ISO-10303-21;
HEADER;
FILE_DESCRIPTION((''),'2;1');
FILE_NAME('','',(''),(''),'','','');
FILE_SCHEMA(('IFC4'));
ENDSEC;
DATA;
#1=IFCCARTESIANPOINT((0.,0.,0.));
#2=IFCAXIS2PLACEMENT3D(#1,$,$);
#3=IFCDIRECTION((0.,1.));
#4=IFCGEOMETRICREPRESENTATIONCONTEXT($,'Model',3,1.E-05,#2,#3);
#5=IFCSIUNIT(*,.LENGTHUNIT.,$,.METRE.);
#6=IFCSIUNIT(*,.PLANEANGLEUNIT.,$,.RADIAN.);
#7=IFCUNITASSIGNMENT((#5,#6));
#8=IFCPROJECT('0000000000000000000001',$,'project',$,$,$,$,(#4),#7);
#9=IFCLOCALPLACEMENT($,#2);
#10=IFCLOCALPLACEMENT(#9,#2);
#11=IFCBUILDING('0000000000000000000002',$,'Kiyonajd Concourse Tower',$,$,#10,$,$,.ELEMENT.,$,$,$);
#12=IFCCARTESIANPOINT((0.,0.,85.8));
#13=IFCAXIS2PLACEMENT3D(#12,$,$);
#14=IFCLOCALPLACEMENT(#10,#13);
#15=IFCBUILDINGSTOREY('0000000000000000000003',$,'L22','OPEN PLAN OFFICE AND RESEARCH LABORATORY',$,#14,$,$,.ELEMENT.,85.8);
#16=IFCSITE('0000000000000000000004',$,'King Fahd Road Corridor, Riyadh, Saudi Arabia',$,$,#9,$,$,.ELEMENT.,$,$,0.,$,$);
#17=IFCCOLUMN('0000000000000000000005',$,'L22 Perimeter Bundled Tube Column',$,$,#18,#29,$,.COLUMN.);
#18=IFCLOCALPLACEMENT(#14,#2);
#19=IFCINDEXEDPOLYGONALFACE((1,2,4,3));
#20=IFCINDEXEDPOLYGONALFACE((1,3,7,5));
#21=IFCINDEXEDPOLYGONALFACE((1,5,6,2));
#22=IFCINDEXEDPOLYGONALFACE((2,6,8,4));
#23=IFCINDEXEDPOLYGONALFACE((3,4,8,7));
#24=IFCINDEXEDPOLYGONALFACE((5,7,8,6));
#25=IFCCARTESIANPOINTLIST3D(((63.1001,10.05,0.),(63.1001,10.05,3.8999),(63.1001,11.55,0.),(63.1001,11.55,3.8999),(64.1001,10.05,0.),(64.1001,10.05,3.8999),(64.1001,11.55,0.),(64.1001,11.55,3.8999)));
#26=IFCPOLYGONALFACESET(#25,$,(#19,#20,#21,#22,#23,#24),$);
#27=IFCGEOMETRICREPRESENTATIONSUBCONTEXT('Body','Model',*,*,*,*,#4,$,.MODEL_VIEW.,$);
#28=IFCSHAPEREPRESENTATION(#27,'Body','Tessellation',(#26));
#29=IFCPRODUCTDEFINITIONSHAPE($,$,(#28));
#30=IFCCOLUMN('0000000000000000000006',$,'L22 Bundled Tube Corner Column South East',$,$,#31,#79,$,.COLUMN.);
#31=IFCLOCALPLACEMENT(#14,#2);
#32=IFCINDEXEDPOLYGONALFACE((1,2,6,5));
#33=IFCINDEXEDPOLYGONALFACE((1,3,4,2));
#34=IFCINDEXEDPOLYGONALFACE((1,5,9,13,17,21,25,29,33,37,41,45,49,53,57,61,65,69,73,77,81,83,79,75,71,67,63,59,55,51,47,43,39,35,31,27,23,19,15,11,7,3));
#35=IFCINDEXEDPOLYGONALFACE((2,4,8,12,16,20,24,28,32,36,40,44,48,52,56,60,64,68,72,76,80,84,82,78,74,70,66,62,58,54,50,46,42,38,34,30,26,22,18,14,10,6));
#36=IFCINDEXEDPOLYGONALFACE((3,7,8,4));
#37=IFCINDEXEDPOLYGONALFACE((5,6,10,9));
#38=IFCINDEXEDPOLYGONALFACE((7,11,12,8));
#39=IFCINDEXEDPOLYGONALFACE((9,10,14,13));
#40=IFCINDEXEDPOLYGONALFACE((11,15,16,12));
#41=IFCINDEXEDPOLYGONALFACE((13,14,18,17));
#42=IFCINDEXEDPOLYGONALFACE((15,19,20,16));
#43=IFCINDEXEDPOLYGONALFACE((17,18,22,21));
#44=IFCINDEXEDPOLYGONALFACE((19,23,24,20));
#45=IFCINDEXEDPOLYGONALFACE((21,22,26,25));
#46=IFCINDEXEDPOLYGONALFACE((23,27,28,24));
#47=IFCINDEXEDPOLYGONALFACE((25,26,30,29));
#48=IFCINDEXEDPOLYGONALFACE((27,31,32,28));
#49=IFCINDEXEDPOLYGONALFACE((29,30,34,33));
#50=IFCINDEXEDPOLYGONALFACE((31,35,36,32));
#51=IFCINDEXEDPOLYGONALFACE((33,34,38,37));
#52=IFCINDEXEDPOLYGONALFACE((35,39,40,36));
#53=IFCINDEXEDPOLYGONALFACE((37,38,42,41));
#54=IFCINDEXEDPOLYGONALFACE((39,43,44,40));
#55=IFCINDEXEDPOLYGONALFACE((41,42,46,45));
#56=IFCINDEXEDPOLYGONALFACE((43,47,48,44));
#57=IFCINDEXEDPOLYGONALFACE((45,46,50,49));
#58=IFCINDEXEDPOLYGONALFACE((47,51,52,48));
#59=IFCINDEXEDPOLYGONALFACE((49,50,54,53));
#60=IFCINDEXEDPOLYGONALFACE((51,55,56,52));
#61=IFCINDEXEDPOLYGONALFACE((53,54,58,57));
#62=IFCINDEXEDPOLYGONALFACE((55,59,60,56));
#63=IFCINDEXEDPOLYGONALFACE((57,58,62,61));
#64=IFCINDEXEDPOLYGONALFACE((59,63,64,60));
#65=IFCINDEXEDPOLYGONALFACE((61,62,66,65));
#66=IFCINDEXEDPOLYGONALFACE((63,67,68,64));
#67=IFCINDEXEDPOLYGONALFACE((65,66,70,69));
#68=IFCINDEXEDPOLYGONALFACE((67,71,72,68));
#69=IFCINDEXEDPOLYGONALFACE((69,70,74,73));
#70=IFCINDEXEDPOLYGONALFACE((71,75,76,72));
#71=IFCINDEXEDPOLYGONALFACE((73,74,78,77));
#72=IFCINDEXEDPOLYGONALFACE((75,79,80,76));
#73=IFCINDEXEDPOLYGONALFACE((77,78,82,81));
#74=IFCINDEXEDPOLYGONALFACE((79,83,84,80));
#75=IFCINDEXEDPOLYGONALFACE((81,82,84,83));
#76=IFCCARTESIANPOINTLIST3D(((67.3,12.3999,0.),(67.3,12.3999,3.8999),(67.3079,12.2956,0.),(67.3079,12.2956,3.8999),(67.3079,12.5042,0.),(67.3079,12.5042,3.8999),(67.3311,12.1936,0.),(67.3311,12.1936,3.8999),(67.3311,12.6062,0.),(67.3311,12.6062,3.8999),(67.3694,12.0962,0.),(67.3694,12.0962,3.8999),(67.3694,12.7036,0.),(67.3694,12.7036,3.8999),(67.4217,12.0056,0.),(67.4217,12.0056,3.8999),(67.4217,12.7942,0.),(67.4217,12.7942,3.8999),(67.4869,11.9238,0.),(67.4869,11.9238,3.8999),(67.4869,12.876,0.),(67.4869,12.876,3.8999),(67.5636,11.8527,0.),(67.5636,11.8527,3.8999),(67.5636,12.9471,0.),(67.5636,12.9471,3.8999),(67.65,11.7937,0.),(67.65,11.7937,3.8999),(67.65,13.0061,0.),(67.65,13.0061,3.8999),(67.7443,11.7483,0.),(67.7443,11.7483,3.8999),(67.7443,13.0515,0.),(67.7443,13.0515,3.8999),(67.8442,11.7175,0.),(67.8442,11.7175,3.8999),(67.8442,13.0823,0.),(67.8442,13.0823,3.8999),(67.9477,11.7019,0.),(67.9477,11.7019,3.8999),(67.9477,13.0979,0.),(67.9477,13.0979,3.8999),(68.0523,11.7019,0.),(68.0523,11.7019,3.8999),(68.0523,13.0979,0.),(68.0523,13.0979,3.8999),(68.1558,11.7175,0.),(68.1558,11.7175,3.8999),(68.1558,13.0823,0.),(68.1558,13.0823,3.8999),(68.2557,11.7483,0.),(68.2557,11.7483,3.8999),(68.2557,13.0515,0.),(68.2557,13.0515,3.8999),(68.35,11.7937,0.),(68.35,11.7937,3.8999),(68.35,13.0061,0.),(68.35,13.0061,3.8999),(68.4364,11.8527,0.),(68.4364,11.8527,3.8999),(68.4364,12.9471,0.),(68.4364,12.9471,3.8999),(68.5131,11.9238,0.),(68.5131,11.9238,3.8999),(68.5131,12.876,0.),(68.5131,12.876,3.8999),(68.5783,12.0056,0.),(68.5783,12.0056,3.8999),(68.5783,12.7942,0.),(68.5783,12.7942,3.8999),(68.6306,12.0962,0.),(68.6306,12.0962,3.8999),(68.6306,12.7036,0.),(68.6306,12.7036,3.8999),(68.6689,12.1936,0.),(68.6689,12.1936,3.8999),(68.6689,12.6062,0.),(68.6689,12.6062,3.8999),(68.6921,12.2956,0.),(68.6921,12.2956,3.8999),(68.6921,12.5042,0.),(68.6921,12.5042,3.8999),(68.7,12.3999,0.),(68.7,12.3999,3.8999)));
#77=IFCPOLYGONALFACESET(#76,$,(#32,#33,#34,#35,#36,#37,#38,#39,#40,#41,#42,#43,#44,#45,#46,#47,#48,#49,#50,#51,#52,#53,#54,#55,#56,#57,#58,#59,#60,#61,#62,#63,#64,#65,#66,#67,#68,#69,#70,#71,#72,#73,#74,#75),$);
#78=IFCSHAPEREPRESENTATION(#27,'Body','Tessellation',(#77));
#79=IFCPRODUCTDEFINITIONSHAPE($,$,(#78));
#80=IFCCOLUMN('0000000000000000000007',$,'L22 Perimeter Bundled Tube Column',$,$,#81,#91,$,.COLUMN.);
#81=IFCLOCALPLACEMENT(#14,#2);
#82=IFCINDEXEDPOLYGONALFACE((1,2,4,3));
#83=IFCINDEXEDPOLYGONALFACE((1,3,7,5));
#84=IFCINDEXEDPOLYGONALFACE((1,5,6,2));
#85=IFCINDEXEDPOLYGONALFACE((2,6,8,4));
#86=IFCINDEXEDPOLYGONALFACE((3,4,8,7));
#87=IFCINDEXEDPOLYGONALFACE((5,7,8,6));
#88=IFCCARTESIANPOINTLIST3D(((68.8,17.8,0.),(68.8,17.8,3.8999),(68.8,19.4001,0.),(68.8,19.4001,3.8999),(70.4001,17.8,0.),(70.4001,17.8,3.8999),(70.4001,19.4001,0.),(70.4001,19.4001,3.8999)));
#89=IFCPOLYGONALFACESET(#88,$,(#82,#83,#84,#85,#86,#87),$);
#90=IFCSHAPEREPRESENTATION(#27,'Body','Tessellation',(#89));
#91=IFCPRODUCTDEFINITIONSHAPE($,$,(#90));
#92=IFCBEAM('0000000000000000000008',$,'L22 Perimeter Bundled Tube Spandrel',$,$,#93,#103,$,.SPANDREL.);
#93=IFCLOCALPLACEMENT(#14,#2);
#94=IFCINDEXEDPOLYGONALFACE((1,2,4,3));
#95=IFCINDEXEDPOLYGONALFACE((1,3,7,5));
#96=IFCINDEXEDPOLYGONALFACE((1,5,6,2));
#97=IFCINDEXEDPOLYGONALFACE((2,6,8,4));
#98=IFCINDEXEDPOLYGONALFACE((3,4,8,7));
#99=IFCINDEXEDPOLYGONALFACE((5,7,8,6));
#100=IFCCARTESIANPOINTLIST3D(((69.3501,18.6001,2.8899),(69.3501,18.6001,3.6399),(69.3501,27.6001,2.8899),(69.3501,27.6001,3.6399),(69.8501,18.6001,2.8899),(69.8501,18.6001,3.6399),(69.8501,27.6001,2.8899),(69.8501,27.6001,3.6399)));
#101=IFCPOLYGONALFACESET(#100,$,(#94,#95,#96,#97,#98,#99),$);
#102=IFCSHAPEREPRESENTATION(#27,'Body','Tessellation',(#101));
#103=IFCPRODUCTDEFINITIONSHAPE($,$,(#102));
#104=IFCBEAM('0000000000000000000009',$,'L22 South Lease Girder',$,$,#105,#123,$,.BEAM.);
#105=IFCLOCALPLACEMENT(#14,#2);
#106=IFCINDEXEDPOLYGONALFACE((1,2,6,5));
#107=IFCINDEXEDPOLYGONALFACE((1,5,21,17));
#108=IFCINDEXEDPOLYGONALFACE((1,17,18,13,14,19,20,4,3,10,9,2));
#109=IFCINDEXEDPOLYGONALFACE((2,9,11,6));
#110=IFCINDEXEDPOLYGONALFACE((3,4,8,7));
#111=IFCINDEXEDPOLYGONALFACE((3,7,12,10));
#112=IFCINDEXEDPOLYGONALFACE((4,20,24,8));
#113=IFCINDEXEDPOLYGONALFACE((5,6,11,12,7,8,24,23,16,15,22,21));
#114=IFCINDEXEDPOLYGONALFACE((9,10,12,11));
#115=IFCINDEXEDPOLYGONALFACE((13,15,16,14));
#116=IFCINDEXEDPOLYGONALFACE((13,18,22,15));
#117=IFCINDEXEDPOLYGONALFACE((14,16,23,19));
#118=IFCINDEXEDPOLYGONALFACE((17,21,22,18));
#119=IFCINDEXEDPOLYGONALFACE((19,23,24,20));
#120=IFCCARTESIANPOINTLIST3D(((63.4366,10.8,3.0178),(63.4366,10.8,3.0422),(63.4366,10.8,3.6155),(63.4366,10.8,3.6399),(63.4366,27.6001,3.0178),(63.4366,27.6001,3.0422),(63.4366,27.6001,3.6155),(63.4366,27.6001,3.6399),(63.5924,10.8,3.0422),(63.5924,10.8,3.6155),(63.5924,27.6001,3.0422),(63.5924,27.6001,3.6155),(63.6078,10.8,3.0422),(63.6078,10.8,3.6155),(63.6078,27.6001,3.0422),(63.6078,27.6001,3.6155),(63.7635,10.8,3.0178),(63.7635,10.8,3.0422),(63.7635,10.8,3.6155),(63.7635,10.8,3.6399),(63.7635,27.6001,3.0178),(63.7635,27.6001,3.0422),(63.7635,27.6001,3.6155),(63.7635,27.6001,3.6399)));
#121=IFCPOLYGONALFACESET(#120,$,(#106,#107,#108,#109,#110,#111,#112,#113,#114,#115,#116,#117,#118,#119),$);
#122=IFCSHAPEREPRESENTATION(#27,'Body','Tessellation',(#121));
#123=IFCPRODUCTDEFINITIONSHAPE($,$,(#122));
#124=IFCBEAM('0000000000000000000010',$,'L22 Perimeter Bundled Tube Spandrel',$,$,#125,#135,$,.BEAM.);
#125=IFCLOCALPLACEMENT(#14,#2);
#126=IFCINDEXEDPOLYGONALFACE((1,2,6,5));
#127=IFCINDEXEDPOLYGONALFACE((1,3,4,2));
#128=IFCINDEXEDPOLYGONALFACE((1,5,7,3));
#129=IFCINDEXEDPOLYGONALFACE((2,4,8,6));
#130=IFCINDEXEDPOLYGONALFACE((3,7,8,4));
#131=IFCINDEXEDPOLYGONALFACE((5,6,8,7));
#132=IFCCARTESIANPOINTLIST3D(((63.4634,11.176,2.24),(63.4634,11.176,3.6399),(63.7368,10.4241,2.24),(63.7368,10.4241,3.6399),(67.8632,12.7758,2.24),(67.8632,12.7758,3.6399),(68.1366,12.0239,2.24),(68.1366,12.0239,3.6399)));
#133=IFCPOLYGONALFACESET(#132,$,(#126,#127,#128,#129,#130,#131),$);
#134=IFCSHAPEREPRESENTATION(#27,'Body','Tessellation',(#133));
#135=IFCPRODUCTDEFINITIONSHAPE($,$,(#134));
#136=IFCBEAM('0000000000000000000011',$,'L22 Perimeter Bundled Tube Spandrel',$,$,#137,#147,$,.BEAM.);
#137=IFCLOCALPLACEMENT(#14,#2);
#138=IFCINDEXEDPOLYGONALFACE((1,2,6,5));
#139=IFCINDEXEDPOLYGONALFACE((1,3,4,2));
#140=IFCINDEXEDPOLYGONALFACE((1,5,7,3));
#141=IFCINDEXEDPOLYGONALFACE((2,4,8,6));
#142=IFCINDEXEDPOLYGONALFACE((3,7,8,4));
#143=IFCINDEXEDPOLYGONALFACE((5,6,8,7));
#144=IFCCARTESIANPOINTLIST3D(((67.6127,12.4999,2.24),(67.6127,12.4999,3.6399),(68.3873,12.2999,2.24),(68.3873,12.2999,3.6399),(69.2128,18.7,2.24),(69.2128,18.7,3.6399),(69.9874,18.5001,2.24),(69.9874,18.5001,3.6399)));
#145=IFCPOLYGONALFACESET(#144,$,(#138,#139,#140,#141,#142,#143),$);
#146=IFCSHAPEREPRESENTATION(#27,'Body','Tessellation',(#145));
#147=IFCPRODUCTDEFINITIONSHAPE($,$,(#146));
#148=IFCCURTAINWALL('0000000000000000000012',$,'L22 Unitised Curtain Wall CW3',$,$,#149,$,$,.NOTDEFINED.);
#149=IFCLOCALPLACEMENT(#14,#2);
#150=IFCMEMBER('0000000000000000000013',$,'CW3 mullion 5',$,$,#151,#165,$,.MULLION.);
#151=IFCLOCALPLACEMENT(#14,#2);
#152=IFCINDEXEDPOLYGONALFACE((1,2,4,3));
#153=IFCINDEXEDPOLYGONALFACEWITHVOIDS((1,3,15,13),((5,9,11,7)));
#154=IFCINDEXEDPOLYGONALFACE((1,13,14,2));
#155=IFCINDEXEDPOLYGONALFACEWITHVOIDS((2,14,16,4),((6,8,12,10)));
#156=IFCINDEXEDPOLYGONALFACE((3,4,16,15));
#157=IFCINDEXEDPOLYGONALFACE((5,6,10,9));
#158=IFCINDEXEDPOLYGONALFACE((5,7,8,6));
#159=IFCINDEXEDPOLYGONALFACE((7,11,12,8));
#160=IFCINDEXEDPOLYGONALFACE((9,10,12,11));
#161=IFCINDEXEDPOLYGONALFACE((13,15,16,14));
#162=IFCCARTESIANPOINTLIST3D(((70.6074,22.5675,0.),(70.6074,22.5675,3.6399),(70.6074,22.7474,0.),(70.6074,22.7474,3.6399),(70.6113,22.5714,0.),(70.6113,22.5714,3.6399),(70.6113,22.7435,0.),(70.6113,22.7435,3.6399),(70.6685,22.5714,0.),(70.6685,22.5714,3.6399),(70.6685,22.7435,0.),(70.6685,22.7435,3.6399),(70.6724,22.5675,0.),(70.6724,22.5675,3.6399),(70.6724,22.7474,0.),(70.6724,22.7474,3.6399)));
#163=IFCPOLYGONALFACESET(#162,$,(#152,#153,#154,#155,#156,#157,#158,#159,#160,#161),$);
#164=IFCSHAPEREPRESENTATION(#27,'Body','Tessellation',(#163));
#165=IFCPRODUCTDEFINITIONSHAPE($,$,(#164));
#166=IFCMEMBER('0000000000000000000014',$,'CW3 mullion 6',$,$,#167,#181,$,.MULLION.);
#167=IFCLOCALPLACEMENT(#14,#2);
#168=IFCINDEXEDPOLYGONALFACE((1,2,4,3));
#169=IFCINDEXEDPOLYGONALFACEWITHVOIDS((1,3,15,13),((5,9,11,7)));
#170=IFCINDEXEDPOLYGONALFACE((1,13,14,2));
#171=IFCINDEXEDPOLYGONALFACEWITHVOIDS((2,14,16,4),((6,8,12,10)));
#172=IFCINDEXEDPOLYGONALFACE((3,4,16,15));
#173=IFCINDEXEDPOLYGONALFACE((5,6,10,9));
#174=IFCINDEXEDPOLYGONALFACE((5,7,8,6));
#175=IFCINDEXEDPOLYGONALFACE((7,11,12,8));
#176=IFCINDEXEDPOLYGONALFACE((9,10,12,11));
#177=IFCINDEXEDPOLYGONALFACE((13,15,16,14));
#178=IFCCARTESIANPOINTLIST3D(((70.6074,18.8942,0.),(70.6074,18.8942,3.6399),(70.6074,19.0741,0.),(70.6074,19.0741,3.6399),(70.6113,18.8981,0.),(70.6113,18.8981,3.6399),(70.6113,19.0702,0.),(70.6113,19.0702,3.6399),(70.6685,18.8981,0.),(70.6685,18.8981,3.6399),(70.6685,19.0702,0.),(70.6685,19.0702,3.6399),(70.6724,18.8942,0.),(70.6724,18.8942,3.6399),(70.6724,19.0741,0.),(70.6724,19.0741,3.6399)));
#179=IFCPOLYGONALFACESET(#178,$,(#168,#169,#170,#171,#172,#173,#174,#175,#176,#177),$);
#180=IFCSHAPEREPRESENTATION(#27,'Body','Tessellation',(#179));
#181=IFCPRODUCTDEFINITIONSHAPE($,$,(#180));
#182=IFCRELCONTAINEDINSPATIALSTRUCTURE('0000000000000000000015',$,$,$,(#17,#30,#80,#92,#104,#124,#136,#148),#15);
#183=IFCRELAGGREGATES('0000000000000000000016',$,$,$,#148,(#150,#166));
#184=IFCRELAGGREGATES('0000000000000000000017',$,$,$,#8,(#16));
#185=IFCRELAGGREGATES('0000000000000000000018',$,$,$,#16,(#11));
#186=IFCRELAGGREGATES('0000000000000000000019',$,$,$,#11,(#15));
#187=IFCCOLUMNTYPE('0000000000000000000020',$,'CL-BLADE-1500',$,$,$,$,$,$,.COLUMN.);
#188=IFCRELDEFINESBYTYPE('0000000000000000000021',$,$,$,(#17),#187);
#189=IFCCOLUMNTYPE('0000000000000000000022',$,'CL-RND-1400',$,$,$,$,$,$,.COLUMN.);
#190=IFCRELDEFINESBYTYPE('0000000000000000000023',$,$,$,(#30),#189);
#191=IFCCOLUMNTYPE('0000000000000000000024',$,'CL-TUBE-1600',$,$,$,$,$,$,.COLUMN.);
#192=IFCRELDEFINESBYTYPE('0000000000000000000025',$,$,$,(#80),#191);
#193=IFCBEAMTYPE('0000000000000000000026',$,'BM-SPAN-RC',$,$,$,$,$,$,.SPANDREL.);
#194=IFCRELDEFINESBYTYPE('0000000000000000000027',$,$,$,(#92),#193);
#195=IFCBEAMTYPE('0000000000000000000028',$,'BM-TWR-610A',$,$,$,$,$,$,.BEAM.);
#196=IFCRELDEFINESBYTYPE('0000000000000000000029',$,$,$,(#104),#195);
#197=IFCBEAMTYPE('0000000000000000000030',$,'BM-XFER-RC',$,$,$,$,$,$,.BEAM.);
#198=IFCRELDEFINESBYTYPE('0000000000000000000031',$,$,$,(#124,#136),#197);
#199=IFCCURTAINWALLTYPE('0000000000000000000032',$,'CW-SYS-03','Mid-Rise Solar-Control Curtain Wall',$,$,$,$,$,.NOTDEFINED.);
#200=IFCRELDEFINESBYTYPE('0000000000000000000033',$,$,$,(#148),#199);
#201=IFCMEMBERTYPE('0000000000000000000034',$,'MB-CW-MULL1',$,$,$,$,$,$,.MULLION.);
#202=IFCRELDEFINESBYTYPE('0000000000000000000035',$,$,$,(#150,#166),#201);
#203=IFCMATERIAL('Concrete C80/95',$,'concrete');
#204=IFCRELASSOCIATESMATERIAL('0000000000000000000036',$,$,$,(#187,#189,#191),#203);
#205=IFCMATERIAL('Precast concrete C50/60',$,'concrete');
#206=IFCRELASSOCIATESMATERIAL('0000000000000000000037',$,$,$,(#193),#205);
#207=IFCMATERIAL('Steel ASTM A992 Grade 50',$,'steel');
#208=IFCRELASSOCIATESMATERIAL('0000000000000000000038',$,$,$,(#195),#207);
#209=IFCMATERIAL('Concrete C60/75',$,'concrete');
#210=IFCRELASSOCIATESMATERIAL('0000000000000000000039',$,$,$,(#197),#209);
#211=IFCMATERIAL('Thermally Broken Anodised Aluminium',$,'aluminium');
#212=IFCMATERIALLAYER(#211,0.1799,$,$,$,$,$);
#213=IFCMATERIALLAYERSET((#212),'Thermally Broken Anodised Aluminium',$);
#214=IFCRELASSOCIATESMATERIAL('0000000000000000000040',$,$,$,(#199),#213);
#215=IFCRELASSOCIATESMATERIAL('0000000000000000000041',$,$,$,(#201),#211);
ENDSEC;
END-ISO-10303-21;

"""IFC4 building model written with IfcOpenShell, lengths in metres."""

from ifc_helpers import new_model, si_unit, direction, frame, origin, origin_2d, place, context, subcontext, project, spatial, rectangle, hollow_rectangle, circle, i_section, extrude, material, layer, layer_set, material_profile, profile_set, type_object, element, aggregate, save


model = new_model("IFC4")

# Units and contexts
model_context = context("Model", 3, precision=1e-05, world=origin(), true_north=direction((0.0, 1.0)))
body_context = subcontext(model_context, "Body", "Model", "MODEL_VIEW")
ifc_project = project(units=[si_unit("LENGTHUNIT", "METRE"), si_unit("PLANEANGLEUNIT", "RADIAN")], contexts=[model_context])

# Site, building, storey
site_placement = place(None, origin())
site = spatial("IfcSite", under=ifc_project, at=site_placement, Name="King Fahd Road Corridor, Riyadh, Saudi Arabia", CompositionType="ELEMENT", RefElevation=0.0)
building_placement = place(site_placement, origin())
building = spatial("IfcBuilding", under=site, at=building_placement, Name="Kiyonajd Concourse Tower", CompositionType="ELEMENT")
storey_placement = place(building_placement, frame((0.0, 0.0, 85.8)))
storey = spatial("IfcBuildingStorey", under=building, at=storey_placement, Name="L22", Description="OPEN PLAN OFFICE AND RESEARCH LABORATORY", CompositionType="ELEMENT", Elevation=85.8)

# Columns
ifc_material_1 = material(Name="Concrete C80/95", Category="concrete")
ifc_material_profile_1 = material_profile(ifc_material_1, rectangle(XDim=1.0, YDim=1.5, at=origin_2d()), Name="RC-1500x1000")
ifc_profile_set_1 = profile_set([ifc_material_profile_1], Name="Concrete C80/95")
column_type_1 = type_object("IfcColumnType", Name="CL-BLADE-1500", PredefinedType="COLUMN", material=ifc_profile_set_1)
column_1_placement = place(storey_placement, frame((63.6001, 10.8, 0.0), z_axis=(0.0, 0.0, 1.0), x_axis=(1.0, 0.0, 0.0)))
element("IfcColumn", 1, at=column_1_placement, inside=storey, type_object=column_type_1, Name="L22 Perimeter Bundled Tube Column", PredefinedType="COLUMN", context=body_context, shape_type="SweptSolid", body=[
    extrude(rectangle(XDim=1.0, YDim=1.5, at=origin_2d()), origin(), (0.0, 0.0, 1.0), 3.8999),
])
ifc_material_profile_2 = material_profile(ifc_material_1, circle(Radius=0.7, at=origin_2d()), Name="RCC-D1400")
ifc_profile_set_2 = profile_set([ifc_material_profile_2], Name="Concrete C80/95")
column_type_2 = type_object("IfcColumnType", Name="CL-RND-1400", PredefinedType="COLUMN", material=ifc_profile_set_2)
column_2_placement = place(storey_placement, frame((68.0, 12.3999, 0.0), z_axis=(0.0, 0.0, 1.0), x_axis=(1.0, 0.0, 0.0)))
element("IfcColumn", 2, at=column_2_placement, inside=storey, type_object=column_type_2, Name="L22 Bundled Tube Corner Column South East", PredefinedType="COLUMN", context=body_context, shape_type="SweptSolid", body=[
    extrude(circle(Radius=0.7, at=origin_2d()), origin(), (0.0, 0.0, 1.0), 3.8999),
])
ifc_material_profile_3 = material_profile(ifc_material_1, rectangle(XDim=1.6001, YDim=1.6001, at=origin_2d()), Name="RC-1600x1600")
ifc_profile_set_3 = profile_set([ifc_material_profile_3], Name="Concrete C80/95")
column_type_3 = type_object("IfcColumnType", Name="CL-TUBE-1600", PredefinedType="COLUMN", material=ifc_profile_set_3)
column_3_placement = place(storey_placement, frame((69.6001, 18.6001, 0.0), z_axis=(0.0, 0.0, 1.0), x_axis=(1.0, 0.0, 0.0)))
element("IfcColumn", 3, at=column_3_placement, inside=storey, type_object=column_type_3, Name="L22 Perimeter Bundled Tube Column", PredefinedType="COLUMN", context=body_context, shape_type="SweptSolid", body=[
    extrude(rectangle(XDim=1.6001, YDim=1.6001, at=origin_2d()), origin(), (0.0, 0.0, 1.0), 3.8999),
])

# Beams
ifc_material_2 = material(Name="Precast concrete C50/60", Category="concrete")
ifc_material_profile_4 = material_profile(ifc_material_2, rectangle(XDim=0.5, YDim=0.75, at=origin_2d()), Name="RCBM-500x750")
ifc_profile_set_4 = profile_set([ifc_material_profile_4], Name="Precast concrete C50/60")
beam_type_1 = type_object("IfcBeamType", Name="BM-SPAN-RC", PredefinedType="SPANDREL", material=ifc_profile_set_4)
beam_1_placement = place(storey_placement, frame((69.6001, 18.6001, 3.2649), z_axis=(0.0, 1.0, 0.0), x_axis=(-1.0, 0.0, 0.0)))
element("IfcBeam", 4, at=beam_1_placement, inside=storey, type_object=beam_type_1, Name="L22 Perimeter Bundled Tube Spandrel", PredefinedType="SPANDREL", context=body_context, shape_type="SweptSolid", body=[
    extrude(rectangle(XDim=0.5, YDim=0.75, at=origin_2d()), origin(), (0.0, 0.0, 1.0), 9.0),
])
ifc_material_3 = material(Name="Steel ASTM A992 Grade 50", Category="steel")
ifc_material_profile_5 = material_profile(ifc_material_3, i_section(OverallWidth=0.3269, OverallDepth=0.6221, WebThickness=0.0154, FlangeThickness=0.0244, at=origin_2d()), Name="W610X195")
ifc_profile_set_5 = profile_set([ifc_material_profile_5], Name="Steel ASTM A992 Grade 50")
beam_type_2 = type_object("IfcBeamType", Name="BM-TWR-610A", PredefinedType="BEAM", material=ifc_profile_set_5)
beam_2_placement = place(storey_placement, frame((63.6001, 10.8, 3.3289), z_axis=(0.0, 1.0, 0.0), x_axis=(-1.0, 0.0, 0.0)))
element("IfcBeam", 5, at=beam_2_placement, inside=storey, type_object=beam_type_2, Name="L22 South Lease Girder", PredefinedType="BEAM", context=body_context, shape_type="SweptSolid", body=[
    extrude(i_section(OverallWidth=0.3269, OverallDepth=0.6221, WebThickness=0.0154, FlangeThickness=0.0244, at=origin_2d()), origin(), (0.0, 0.0, 1.0), 16.8),
])
ifc_material_4 = material(Name="Concrete C60/75", Category="concrete")
ifc_material_profile_6 = material_profile(ifc_material_4, rectangle(XDim=0.8, YDim=1.3999, at=origin_2d()), Name="RCBM-800x1400")
ifc_profile_set_6 = profile_set([ifc_material_profile_6], Name="Concrete C60/75")
beam_type_3 = type_object("IfcBeamType", Name="BM-XFER-RC", PredefinedType="BEAM", material=ifc_profile_set_6)
beam_3_placement = place(storey_placement, frame((63.6001, 10.8, 2.9399), z_axis=(0.939801, 0.341722, 0.0), x_axis=(-0.341722, 0.939801, 0.0)))
element("IfcBeam", 6, at=beam_3_placement, inside=storey, type_object=beam_type_3, Name="L22 Perimeter Bundled Tube Spandrel", PredefinedType="BEAM", context=body_context, shape_type="SweptSolid", body=[
    extrude(rectangle(XDim=0.8, YDim=1.3999, at=origin_2d()), origin(), (0.0, 0.0, 1.0), 4.6816),
])
beam_4_placement = place(storey_placement, frame((68.0, 12.3999, 2.9399), z_axis=(0.249885, 0.968276, 0.0), x_axis=(-0.968276, 0.249885, 0.0)))
element("IfcBeam", 7, at=beam_4_placement, inside=storey, type_object=beam_type_3, Name="L22 Perimeter Bundled Tube Spandrel", PredefinedType="BEAM", context=body_context, shape_type="SweptSolid", body=[
    extrude(rectangle(XDim=0.8, YDim=1.3999, at=origin_2d()), origin(), (0.0, 0.0, 1.0), 6.4033),
])

# Curtain wall, members
ifc_material_5 = material(Name="Thermally Broken Anodised Aluminium", Category="aluminium")
ifc_layer_1 = layer(ifc_material_5, 0.1799)
ifc_layer_set_1 = layer_set([ifc_layer_1], Name="Thermally Broken Anodised Aluminium")
curtain_wall_type = type_object("IfcCurtainWallType", Name="CW-SYS-03", Description="Mid-Rise Solar-Control Curtain Wall", PredefinedType="NOTDEFINED", material=ifc_layer_set_1)
curtain_wall_placement = place(storey_placement, origin())
curtain_wall = element("IfcCurtainWall", 8, at=curtain_wall_placement, inside=storey, type_object=curtain_wall_type, Name="L22 Unitised Curtain Wall CW3", PredefinedType="NOTDEFINED")
ifc_material_profile_7 = material_profile(ifc_material_5, hollow_rectangle(XDim=0.0649, YDim=0.1799, WallThickness=0.0039, at=origin_2d()), Name="MULL-65x180")
ifc_profile_set_7 = profile_set([ifc_material_profile_7], Name="Thermally Broken Anodised Aluminium")
member_type_1 = type_object("IfcMemberType", Name="MB-CW-MULL1", PredefinedType="MULLION", material=ifc_profile_set_7)
member_1_placement = place(storey_placement, frame((70.6399, 22.6575, 0.0), z_axis=(0.0, 0.0, 1.0), x_axis=(1.0, 0.0, 0.0)))
member_1 = element("IfcMember", 9, at=member_1_placement, type_object=member_type_1, Name="CW3 mullion 5", PredefinedType="MULLION", context=body_context, shape_type="SweptSolid", body=[
    extrude(hollow_rectangle(XDim=0.0649, YDim=0.1799, WallThickness=0.0039, at=origin_2d()), origin(), (0.0, 0.0, 1.0), 3.6399),
])
member_2_placement = place(storey_placement, frame((70.6399, 18.9841, 0.0), z_axis=(0.0, 0.0, 1.0), x_axis=(1.0, 0.0, 0.0)))
member_2 = element("IfcMember", 10, at=member_2_placement, type_object=member_type_1, Name="CW3 mullion 6", PredefinedType="MULLION", context=body_context, shape_type="SweptSolid", body=[
    extrude(hollow_rectangle(XDim=0.0649, YDim=0.1799, WallThickness=0.0039, at=origin_2d()), origin(), (0.0, 0.0, 1.0), 3.6399),
])
aggregate(curtain_wall, [member_1, member_2])

save(model, "model.ifc")
